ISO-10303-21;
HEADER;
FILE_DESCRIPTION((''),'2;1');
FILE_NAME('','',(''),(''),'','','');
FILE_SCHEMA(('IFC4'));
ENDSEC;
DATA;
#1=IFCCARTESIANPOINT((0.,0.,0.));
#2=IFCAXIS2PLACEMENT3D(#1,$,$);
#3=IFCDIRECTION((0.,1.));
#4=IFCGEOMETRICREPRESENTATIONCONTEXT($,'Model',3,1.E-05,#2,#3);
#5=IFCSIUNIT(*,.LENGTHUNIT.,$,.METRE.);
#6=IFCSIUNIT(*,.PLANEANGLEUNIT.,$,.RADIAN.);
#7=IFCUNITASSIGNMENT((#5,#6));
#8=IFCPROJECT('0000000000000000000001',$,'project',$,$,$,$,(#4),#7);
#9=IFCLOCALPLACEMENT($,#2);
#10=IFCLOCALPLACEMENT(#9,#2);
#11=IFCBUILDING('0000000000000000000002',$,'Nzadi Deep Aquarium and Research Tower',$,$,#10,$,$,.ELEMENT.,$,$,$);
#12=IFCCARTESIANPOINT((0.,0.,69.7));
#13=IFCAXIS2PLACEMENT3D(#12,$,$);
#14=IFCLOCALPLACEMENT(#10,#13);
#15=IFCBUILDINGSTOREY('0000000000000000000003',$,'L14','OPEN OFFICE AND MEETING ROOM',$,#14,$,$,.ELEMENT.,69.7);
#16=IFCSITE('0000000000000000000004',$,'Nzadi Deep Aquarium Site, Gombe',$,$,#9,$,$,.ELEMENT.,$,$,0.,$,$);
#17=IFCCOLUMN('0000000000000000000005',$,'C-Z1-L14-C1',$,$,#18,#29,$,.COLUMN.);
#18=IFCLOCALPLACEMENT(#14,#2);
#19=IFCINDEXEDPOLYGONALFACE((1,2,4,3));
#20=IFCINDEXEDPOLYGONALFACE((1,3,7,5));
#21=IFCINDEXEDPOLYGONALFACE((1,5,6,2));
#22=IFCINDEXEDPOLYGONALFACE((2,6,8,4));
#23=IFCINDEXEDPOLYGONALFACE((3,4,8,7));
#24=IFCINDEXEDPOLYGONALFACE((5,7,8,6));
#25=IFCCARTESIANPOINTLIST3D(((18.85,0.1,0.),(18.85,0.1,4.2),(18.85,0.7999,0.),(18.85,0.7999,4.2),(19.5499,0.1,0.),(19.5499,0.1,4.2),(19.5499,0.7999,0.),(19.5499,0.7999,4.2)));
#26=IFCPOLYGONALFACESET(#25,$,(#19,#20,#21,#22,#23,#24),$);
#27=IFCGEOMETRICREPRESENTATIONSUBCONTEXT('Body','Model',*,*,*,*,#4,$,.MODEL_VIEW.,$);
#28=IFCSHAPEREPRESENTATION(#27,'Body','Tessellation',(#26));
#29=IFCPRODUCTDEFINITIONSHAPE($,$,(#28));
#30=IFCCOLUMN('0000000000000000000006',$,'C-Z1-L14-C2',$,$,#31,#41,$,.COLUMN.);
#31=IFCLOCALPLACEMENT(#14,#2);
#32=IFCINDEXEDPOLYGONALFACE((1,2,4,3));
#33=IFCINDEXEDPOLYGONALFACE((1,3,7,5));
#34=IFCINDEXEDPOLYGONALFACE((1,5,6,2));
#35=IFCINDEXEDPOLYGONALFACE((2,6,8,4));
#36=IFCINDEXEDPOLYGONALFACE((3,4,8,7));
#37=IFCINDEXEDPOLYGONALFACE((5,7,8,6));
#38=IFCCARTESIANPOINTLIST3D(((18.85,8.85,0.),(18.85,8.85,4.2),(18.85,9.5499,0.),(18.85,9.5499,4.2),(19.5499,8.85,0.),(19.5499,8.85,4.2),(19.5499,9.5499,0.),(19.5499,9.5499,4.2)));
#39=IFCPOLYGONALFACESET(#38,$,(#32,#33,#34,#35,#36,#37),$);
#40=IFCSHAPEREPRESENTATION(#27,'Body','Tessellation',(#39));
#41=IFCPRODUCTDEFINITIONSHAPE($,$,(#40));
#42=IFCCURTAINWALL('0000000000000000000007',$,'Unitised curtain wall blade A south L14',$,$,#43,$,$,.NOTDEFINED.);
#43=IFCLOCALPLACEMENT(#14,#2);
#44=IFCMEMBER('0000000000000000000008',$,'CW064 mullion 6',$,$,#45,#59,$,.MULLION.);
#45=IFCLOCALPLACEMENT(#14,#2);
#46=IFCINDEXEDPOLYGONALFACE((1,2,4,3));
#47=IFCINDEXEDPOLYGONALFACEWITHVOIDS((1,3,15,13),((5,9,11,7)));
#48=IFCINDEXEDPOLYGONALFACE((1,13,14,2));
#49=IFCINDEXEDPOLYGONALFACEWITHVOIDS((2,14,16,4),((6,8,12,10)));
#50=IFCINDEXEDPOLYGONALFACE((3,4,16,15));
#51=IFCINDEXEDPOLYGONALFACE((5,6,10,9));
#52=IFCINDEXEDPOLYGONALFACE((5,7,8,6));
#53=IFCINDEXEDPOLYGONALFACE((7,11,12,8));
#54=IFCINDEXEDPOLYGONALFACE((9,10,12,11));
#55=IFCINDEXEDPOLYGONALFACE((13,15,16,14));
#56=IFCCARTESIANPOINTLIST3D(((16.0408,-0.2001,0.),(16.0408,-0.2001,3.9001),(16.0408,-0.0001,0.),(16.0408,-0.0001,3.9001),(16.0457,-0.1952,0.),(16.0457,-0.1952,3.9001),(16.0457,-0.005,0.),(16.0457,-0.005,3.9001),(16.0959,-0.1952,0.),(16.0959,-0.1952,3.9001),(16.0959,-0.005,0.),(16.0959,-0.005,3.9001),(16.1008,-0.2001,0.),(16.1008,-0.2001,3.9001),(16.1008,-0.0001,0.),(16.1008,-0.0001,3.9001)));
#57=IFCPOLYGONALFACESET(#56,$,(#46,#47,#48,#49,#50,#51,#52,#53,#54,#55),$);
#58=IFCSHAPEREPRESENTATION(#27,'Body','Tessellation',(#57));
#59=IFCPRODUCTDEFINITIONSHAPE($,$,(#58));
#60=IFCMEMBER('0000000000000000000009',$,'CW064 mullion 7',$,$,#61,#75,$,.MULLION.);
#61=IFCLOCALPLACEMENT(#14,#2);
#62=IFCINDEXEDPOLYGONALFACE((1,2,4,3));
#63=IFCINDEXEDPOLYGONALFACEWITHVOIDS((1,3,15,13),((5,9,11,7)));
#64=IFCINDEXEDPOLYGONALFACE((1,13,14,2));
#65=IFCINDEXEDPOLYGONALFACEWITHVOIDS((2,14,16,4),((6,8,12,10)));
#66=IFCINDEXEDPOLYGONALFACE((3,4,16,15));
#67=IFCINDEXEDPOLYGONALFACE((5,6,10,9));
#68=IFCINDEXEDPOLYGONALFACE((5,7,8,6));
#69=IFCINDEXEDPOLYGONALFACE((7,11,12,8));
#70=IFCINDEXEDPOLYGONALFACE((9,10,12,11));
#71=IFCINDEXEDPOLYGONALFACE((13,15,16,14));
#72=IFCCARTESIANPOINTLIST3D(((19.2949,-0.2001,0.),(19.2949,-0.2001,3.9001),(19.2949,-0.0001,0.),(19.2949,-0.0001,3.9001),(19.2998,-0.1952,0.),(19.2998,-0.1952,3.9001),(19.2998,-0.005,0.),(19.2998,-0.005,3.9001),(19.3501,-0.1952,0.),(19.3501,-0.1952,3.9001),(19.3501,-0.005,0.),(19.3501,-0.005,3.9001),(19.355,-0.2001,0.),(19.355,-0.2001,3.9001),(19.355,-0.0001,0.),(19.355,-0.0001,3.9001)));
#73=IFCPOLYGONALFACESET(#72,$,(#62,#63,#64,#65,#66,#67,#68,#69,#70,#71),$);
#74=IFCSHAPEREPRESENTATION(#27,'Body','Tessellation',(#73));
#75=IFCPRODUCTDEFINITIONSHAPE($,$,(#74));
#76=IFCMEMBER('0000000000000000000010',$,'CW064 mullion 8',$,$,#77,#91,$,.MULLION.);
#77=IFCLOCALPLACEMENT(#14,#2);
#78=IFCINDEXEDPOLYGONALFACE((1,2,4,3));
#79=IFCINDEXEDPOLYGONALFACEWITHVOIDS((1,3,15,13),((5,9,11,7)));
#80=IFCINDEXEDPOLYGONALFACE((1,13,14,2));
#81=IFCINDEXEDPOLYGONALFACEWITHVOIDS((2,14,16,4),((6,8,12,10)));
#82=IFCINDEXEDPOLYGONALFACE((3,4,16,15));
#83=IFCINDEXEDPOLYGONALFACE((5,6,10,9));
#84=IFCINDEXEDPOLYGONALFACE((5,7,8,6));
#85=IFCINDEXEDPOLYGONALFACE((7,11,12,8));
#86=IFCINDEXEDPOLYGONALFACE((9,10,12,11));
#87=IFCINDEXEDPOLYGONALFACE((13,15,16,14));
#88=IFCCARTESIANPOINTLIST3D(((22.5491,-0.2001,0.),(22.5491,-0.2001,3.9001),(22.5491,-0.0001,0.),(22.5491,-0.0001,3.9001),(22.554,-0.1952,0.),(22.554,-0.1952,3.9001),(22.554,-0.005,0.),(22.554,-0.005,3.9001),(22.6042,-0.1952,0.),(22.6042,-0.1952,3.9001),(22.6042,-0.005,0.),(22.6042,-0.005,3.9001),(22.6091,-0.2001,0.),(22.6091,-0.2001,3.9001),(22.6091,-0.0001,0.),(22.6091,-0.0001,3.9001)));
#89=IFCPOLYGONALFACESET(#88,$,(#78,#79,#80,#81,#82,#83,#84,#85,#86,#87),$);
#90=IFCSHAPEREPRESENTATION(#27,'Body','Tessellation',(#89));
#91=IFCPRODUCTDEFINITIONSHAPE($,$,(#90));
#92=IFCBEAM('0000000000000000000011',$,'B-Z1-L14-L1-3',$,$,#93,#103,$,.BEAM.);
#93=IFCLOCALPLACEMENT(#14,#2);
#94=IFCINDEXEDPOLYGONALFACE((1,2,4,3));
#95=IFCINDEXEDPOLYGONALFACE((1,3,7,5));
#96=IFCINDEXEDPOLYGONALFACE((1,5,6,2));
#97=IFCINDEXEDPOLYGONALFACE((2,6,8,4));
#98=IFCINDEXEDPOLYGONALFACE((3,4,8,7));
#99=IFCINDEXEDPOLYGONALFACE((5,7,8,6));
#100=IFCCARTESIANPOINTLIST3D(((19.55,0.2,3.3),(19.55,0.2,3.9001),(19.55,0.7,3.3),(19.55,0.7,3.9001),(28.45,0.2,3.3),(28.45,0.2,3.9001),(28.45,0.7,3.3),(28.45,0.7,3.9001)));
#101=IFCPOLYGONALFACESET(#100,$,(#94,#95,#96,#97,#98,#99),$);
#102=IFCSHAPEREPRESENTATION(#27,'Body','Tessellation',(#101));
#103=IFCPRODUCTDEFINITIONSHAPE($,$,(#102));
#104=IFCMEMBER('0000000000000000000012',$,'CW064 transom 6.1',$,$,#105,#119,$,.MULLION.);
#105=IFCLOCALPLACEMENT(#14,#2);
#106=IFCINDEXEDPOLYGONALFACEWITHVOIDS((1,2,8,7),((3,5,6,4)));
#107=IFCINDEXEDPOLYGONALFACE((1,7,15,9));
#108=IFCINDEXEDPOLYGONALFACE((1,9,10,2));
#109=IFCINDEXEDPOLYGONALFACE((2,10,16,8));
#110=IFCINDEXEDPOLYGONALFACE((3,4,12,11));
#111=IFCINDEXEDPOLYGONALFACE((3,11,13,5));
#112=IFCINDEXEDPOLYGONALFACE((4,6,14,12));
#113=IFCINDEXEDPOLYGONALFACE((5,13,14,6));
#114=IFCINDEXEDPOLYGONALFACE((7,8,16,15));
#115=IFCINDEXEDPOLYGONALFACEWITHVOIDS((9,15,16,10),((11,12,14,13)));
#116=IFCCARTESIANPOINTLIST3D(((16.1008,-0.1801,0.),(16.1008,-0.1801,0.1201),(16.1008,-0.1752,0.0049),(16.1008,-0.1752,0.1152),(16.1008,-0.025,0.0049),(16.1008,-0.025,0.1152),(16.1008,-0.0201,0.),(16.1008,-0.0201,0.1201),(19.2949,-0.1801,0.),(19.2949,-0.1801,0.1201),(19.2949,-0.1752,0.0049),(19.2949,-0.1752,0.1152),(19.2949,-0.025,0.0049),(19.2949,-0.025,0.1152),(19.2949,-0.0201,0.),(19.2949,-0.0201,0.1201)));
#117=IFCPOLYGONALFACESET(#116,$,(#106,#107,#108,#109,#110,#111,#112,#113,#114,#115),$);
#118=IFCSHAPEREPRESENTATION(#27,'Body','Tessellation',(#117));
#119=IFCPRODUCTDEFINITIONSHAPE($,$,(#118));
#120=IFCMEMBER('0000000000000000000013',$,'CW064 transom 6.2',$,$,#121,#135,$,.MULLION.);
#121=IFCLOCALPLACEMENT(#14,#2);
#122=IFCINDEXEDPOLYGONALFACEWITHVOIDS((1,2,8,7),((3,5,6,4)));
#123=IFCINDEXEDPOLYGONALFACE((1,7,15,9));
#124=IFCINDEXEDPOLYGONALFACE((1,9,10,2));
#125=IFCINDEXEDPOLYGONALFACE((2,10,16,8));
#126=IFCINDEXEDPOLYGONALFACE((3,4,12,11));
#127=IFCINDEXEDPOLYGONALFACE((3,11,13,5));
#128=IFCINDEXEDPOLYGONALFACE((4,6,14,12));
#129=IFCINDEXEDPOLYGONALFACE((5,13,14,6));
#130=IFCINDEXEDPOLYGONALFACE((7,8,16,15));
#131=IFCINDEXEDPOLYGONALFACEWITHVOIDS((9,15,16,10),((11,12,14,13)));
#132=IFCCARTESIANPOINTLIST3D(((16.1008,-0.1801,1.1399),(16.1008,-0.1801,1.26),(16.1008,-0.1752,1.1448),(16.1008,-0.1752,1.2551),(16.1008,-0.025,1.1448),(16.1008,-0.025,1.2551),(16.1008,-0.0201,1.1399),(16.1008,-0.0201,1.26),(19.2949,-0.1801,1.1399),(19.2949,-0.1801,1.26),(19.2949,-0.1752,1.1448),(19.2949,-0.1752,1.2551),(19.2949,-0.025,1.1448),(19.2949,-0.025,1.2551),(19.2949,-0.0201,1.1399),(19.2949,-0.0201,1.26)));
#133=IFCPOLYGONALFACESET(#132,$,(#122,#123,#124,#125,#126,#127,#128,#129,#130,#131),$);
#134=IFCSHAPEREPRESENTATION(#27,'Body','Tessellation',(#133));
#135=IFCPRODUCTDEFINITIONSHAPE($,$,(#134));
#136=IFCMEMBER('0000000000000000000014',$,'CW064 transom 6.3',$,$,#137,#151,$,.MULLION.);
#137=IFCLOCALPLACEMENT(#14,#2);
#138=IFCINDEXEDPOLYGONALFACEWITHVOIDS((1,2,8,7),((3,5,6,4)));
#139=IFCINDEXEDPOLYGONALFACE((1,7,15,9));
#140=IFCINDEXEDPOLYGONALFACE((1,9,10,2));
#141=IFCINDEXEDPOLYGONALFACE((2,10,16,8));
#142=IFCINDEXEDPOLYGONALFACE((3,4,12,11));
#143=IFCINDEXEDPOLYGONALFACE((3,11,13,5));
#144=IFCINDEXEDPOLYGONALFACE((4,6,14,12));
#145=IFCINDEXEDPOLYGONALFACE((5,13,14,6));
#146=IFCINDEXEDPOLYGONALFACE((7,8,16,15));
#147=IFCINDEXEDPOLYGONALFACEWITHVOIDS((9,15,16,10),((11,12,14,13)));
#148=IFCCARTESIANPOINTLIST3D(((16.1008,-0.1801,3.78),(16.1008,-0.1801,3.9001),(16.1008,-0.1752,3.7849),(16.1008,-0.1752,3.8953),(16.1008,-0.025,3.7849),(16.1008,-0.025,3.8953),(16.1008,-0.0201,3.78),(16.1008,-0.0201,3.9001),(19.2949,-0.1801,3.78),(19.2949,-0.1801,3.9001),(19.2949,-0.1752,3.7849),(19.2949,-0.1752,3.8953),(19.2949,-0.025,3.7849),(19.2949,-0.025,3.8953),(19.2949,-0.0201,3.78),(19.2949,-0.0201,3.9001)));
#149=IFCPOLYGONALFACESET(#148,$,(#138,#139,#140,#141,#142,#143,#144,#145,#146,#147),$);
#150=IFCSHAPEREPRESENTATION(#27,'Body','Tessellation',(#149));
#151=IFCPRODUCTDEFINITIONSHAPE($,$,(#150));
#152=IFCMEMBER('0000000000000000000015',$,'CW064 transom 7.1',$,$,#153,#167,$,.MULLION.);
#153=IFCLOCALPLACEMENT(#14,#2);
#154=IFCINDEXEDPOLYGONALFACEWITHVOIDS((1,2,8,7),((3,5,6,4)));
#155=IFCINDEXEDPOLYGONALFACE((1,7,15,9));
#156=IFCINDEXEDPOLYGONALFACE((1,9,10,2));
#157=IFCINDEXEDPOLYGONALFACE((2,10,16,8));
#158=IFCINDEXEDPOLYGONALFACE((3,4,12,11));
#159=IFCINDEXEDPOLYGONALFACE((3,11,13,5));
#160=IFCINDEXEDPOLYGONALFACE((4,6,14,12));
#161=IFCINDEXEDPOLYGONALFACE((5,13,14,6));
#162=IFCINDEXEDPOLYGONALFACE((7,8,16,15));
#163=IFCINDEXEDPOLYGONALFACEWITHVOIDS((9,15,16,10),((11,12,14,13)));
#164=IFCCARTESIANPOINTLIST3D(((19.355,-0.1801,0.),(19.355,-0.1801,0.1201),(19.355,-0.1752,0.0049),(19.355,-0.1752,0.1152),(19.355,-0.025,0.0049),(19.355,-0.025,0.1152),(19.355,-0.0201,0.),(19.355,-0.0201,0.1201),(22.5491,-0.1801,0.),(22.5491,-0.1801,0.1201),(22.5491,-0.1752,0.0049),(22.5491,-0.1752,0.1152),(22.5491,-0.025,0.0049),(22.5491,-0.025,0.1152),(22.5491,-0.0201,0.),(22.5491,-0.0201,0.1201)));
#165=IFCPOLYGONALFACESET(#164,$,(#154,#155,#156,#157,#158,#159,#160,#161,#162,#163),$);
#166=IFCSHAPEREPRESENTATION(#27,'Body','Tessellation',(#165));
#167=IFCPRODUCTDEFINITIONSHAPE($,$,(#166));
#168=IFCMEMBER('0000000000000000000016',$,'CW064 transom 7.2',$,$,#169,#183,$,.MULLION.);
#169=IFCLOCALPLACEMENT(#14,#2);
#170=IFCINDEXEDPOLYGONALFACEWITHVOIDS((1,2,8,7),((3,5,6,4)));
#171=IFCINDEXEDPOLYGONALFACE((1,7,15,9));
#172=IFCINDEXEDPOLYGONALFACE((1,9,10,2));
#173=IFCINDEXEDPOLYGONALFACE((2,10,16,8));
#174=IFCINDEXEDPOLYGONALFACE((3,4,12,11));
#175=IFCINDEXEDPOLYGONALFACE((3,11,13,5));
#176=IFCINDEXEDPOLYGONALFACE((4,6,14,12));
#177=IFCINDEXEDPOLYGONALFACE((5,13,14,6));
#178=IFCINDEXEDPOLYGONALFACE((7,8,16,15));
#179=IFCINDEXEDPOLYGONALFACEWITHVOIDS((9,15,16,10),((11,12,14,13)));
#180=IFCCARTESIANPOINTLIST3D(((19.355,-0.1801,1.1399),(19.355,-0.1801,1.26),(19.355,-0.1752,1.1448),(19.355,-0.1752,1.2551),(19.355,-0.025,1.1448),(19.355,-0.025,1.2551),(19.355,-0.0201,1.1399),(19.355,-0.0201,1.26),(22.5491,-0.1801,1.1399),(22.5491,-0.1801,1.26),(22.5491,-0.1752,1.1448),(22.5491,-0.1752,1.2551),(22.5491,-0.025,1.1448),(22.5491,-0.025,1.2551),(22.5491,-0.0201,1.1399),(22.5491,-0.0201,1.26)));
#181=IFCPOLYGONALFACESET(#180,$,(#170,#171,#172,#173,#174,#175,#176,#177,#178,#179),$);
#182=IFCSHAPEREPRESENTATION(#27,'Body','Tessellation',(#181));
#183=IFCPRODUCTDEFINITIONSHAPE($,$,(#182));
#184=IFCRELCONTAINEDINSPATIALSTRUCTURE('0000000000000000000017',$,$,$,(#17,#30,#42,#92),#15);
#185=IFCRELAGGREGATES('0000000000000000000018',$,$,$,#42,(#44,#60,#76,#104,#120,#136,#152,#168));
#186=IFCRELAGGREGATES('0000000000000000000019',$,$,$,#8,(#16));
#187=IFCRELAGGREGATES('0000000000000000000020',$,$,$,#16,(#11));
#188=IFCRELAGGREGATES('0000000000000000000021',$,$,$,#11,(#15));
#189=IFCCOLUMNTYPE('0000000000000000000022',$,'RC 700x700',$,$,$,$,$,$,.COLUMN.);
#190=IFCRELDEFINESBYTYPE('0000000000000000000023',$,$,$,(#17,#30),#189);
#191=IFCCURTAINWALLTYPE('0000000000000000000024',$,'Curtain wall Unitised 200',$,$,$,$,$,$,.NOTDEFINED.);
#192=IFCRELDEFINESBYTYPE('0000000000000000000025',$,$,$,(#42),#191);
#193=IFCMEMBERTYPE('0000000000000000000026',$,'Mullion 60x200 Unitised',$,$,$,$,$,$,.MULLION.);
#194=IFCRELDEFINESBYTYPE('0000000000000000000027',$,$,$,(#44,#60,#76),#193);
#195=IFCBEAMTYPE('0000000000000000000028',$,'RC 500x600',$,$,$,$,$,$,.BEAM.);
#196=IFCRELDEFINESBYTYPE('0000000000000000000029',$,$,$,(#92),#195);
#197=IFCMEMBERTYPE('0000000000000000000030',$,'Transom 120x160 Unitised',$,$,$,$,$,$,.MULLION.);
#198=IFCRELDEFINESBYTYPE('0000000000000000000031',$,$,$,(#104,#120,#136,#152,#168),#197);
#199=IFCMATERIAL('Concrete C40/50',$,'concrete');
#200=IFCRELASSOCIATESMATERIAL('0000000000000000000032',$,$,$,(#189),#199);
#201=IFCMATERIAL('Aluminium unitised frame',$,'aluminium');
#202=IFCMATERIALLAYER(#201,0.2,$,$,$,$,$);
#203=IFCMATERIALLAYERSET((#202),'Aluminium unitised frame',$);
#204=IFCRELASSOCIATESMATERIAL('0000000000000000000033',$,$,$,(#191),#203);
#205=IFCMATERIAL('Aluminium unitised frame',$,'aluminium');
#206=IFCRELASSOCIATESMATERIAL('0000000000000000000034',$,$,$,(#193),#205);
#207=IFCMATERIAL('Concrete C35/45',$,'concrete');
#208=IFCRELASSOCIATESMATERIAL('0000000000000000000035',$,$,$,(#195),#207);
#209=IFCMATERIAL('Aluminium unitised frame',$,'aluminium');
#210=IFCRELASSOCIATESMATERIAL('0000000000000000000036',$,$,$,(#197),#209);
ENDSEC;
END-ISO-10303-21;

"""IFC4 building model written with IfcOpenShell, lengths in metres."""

from ifc_helpers import new_model, si_unit, direction, frame, origin, origin_2d, place, context, subcontext, project, spatial, rectangle, hollow_rectangle, extrude, material, layer, layer_set, material_profile, profile_set, type_object, element, aggregate, save


model = new_model("IFC4")

# Units and contexts
model_context = context("Model", 3, precision=1e-05, world=origin(), true_north=direction((0.0, 1.0)))
body_context = subcontext(model_context, "Body", "Model", "MODEL_VIEW")
ifc_project = project(units=[si_unit("LENGTHUNIT", "METRE"), si_unit("PLANEANGLEUNIT", "RADIAN")], contexts=[model_context])

# Site, building, storey
site_placement = place(None, origin())
site = spatial("IfcSite", under=ifc_project, at=site_placement, Name="Nzadi Deep Aquarium Site, Gombe", CompositionType="ELEMENT", RefElevation=0.0)
building_placement = place(site_placement, origin())
building = spatial("IfcBuilding", under=site, at=building_placement, Name="Nzadi Deep Aquarium and Research Tower", CompositionType="ELEMENT")
storey_placement = place(building_placement, frame((0.0, 0.0, 69.7)))
storey = spatial("IfcBuildingStorey", under=building, at=storey_placement, Name="L14", Description="OPEN OFFICE AND MEETING ROOM", CompositionType="ELEMENT", Elevation=69.7)

# Columns
ifc_material_1 = material(Name="Concrete C40/50", Category="concrete")
ifc_material_profile_1 = material_profile(ifc_material_1, rectangle(XDim=0.7, YDim=0.7, at=origin_2d()))
ifc_profile_set_1 = profile_set([ifc_material_profile_1], Name="Concrete C40/50")
column_type = type_object("IfcColumnType", Name="RC 700x700", PredefinedType="COLUMN", material=ifc_profile_set_1)
for number, where, z_axis, x_axis, name in (
    (1, (19.2, 0.45, 0.0), (0.0, 0.0, 1.0), (1.0, 0.0, 0.0), "C-Z1-L14-C1"),
    (2, (19.2, 9.2, 0.0), (0.0, 0.0, 1.0), (1.0, 0.0, 0.0), "C-Z1-L14-C2"),
):
    element("IfcColumn", number, at=place(storey_placement, frame(where, z_axis=z_axis, x_axis=x_axis)), inside=storey, type_object=column_type, Name=name, PredefinedType="COLUMN", context=body_context, shape_type="SweptSolid", body=[
        extrude(rectangle(XDim=0.7, YDim=0.7, at=origin_2d()), origin(), (0.0, 0.0, 1.0), 4.2),
    ])

# Curtain wall, members
ifc_material_2 = material(Name="Aluminium unitised frame", Category="aluminium")
ifc_layer_1 = layer(ifc_material_2, 0.2)
ifc_layer_set_1 = layer_set([ifc_layer_1], Name="Aluminium unitised frame")
curtain_wall_type = type_object("IfcCurtainWallType", Name="Curtain wall Unitised 200", PredefinedType="NOTDEFINED", material=ifc_layer_set_1)
curtain_wall_placement = place(storey_placement, origin())
curtain_wall = element("IfcCurtainWall", 3, at=curtain_wall_placement, inside=storey, type_object=curtain_wall_type, Name="Unitised curtain wall blade A south L14", PredefinedType="NOTDEFINED")
ifc_material_3 = material(Name="Aluminium unitised frame", Category="aluminium")
ifc_material_profile_2 = material_profile(ifc_material_3, hollow_rectangle(XDim=0.2, YDim=0.0601, WallThickness=0.0049, at=origin_2d()))
ifc_profile_set_2 = profile_set([ifc_material_profile_2], Name="Aluminium unitised frame")
member_type_1 = type_object("IfcMemberType", Name="Mullion 60x200 Unitised", PredefinedType="MULLION", material=ifc_profile_set_2)
member_1_placement = place(storey_placement, frame((16.0708, -0.1001, 0.0), z_axis=(0.0, 0.0, 1.0), x_axis=(0.0, 1.0, 0.0)))
member_1 = element("IfcMember", 4, at=member_1_placement, type_object=member_type_1, Name="CW064 mullion 6", PredefinedType="MULLION", context=body_context, shape_type="SweptSolid", body=[
    extrude(hollow_rectangle(XDim=0.2, YDim=0.0601, WallThickness=0.0049, at=origin_2d()), origin(), (0.0, 0.0, 1.0), 3.9001),
])
member_2_placement = place(storey_placement, frame((19.325, -0.1001, 0.0), z_axis=(0.0, 0.0, 1.0), x_axis=(0.0, 1.0, 0.0)))
member_2 = element("IfcMember", 5, at=member_2_placement, type_object=member_type_1, Name="CW064 mullion 7", PredefinedType="MULLION", context=body_context, shape_type="SweptSolid", body=[
    extrude(hollow_rectangle(XDim=0.2, YDim=0.0601, WallThickness=0.0049, at=origin_2d()), origin(), (0.0, 0.0, 1.0), 3.9001),
])
member_3_placement = place(storey_placement, frame((22.5791, -0.1001, 0.0), z_axis=(0.0, 0.0, 1.0), x_axis=(0.0, 1.0, 0.0)))
member_3 = element("IfcMember", 6, at=member_3_placement, type_object=member_type_1, Name="CW064 mullion 8", PredefinedType="MULLION", context=body_context, shape_type="SweptSolid", body=[
    extrude(hollow_rectangle(XDim=0.2, YDim=0.0601, WallThickness=0.0049, at=origin_2d()), origin(), (0.0, 0.0, 1.0), 3.9001),
])

# Beam
ifc_material_4 = material(Name="Concrete C35/45", Category="concrete")
ifc_material_profile_3 = material_profile(ifc_material_4, rectangle(XDim=0.5, YDim=0.6001, at=origin_2d()))
ifc_profile_set_3 = profile_set([ifc_material_profile_3], Name="Concrete C35/45")
beam_type = type_object("IfcBeamType", Name="RC 500x600", PredefinedType="BEAM", material=ifc_profile_set_3)
beam_placement = place(storey_placement, frame((19.55, 0.45, 3.6001), z_axis=(1.0, 0.0, 0.0), x_axis=(0.0, 1.0, 0.0)))
element("IfcBeam", 7, at=beam_placement, inside=storey, type_object=beam_type, Name="B-Z1-L14-L1-3", PredefinedType="BEAM", context=body_context, shape_type="SweptSolid", body=[
    extrude(rectangle(XDim=0.5, YDim=0.6001, at=origin_2d()), origin(), (0.0, 0.0, 1.0), 8.8999),
])

# Members
ifc_material_5 = material(Name="Aluminium unitised frame", Category="aluminium")
ifc_material_profile_4 = material_profile(ifc_material_5, hollow_rectangle(XDim=0.1599, YDim=0.1201, WallThickness=0.0049, at=origin_2d()))
ifc_profile_set_4 = profile_set([ifc_material_profile_4], Name="Aluminium unitised frame")
member_type_2 = type_object("IfcMemberType", Name="Transom 120x160 Unitised", PredefinedType="MULLION", material=ifc_profile_set_4)
member_4_placement = place(storey_placement, frame((16.1008, -0.1001, 0.0601), z_axis=(1.0, 0.0, 0.0), x_axis=(0.0, 1.0, 0.0)))
member_4 = element("IfcMember", 8, at=member_4_placement, type_object=member_type_2, Name="CW064 transom 6.1", PredefinedType="MULLION", context=body_context, shape_type="SweptSolid", body=[
    extrude(hollow_rectangle(XDim=0.1599, YDim=0.1201, WallThickness=0.0049, at=origin_2d()), origin(), (0.0, 0.0, 1.0), 3.1941),
])
member_5_placement = place(storey_placement, frame((16.1008, -0.1001, 1.2), z_axis=(1.0, 0.0, 0.0), x_axis=(0.0, 1.0, 0.0)))
member_5 = element("IfcMember", 9, at=member_5_placement, type_object=member_type_2, Name="CW064 transom 6.2", PredefinedType="MULLION", context=body_context, shape_type="SweptSolid", body=[
    extrude(hollow_rectangle(XDim=0.1599, YDim=0.1201, WallThickness=0.0049, at=origin_2d()), origin(), (0.0, 0.0, 1.0), 3.1941),
])
member_6_placement = place(storey_placement, frame((16.1008, -0.1001, 3.8401), z_axis=(1.0, 0.0, 0.0), x_axis=(0.0, 1.0, 0.0)))
member_6 = element("IfcMember", 10, at=member_6_placement, type_object=member_type_2, Name="CW064 transom 6.3", PredefinedType="MULLION", context=body_context, shape_type="SweptSolid", body=[
    extrude(hollow_rectangle(XDim=0.1599, YDim=0.1201, WallThickness=0.0049, at=origin_2d()), origin(), (0.0, 0.0, 1.0), 3.1941),
])
member_7_placement = place(storey_placement, frame((19.355, -0.1001, 0.0601), z_axis=(1.0, 0.0, 0.0), x_axis=(0.0, 1.0, 0.0)))
member_7 = element("IfcMember", 11, at=member_7_placement, type_object=member_type_2, Name="CW064 transom 7.1", PredefinedType="MULLION", context=body_context, shape_type="SweptSolid", body=[
    extrude(hollow_rectangle(XDim=0.1599, YDim=0.1201, WallThickness=0.0049, at=origin_2d()), origin(), (0.0, 0.0, 1.0), 3.1941),
])
member_8_placement = place(storey_placement, frame((19.355, -0.1001, 1.2), z_axis=(1.0, 0.0, 0.0), x_axis=(0.0, 1.0, 0.0)))
member_8 = element("IfcMember", 12, at=member_8_placement, type_object=member_type_2, Name="CW064 transom 7.2", PredefinedType="MULLION", context=body_context, shape_type="SweptSolid", body=[
    extrude(hollow_rectangle(XDim=0.1599, YDim=0.1201, WallThickness=0.0049, at=origin_2d()), origin(), (0.0, 0.0, 1.0), 3.1941),
])

aggregate(curtain_wall, [member_1, member_2, member_3, member_4, member_5, member_6, member_7, member_8])

save(model, "model.ifc")
